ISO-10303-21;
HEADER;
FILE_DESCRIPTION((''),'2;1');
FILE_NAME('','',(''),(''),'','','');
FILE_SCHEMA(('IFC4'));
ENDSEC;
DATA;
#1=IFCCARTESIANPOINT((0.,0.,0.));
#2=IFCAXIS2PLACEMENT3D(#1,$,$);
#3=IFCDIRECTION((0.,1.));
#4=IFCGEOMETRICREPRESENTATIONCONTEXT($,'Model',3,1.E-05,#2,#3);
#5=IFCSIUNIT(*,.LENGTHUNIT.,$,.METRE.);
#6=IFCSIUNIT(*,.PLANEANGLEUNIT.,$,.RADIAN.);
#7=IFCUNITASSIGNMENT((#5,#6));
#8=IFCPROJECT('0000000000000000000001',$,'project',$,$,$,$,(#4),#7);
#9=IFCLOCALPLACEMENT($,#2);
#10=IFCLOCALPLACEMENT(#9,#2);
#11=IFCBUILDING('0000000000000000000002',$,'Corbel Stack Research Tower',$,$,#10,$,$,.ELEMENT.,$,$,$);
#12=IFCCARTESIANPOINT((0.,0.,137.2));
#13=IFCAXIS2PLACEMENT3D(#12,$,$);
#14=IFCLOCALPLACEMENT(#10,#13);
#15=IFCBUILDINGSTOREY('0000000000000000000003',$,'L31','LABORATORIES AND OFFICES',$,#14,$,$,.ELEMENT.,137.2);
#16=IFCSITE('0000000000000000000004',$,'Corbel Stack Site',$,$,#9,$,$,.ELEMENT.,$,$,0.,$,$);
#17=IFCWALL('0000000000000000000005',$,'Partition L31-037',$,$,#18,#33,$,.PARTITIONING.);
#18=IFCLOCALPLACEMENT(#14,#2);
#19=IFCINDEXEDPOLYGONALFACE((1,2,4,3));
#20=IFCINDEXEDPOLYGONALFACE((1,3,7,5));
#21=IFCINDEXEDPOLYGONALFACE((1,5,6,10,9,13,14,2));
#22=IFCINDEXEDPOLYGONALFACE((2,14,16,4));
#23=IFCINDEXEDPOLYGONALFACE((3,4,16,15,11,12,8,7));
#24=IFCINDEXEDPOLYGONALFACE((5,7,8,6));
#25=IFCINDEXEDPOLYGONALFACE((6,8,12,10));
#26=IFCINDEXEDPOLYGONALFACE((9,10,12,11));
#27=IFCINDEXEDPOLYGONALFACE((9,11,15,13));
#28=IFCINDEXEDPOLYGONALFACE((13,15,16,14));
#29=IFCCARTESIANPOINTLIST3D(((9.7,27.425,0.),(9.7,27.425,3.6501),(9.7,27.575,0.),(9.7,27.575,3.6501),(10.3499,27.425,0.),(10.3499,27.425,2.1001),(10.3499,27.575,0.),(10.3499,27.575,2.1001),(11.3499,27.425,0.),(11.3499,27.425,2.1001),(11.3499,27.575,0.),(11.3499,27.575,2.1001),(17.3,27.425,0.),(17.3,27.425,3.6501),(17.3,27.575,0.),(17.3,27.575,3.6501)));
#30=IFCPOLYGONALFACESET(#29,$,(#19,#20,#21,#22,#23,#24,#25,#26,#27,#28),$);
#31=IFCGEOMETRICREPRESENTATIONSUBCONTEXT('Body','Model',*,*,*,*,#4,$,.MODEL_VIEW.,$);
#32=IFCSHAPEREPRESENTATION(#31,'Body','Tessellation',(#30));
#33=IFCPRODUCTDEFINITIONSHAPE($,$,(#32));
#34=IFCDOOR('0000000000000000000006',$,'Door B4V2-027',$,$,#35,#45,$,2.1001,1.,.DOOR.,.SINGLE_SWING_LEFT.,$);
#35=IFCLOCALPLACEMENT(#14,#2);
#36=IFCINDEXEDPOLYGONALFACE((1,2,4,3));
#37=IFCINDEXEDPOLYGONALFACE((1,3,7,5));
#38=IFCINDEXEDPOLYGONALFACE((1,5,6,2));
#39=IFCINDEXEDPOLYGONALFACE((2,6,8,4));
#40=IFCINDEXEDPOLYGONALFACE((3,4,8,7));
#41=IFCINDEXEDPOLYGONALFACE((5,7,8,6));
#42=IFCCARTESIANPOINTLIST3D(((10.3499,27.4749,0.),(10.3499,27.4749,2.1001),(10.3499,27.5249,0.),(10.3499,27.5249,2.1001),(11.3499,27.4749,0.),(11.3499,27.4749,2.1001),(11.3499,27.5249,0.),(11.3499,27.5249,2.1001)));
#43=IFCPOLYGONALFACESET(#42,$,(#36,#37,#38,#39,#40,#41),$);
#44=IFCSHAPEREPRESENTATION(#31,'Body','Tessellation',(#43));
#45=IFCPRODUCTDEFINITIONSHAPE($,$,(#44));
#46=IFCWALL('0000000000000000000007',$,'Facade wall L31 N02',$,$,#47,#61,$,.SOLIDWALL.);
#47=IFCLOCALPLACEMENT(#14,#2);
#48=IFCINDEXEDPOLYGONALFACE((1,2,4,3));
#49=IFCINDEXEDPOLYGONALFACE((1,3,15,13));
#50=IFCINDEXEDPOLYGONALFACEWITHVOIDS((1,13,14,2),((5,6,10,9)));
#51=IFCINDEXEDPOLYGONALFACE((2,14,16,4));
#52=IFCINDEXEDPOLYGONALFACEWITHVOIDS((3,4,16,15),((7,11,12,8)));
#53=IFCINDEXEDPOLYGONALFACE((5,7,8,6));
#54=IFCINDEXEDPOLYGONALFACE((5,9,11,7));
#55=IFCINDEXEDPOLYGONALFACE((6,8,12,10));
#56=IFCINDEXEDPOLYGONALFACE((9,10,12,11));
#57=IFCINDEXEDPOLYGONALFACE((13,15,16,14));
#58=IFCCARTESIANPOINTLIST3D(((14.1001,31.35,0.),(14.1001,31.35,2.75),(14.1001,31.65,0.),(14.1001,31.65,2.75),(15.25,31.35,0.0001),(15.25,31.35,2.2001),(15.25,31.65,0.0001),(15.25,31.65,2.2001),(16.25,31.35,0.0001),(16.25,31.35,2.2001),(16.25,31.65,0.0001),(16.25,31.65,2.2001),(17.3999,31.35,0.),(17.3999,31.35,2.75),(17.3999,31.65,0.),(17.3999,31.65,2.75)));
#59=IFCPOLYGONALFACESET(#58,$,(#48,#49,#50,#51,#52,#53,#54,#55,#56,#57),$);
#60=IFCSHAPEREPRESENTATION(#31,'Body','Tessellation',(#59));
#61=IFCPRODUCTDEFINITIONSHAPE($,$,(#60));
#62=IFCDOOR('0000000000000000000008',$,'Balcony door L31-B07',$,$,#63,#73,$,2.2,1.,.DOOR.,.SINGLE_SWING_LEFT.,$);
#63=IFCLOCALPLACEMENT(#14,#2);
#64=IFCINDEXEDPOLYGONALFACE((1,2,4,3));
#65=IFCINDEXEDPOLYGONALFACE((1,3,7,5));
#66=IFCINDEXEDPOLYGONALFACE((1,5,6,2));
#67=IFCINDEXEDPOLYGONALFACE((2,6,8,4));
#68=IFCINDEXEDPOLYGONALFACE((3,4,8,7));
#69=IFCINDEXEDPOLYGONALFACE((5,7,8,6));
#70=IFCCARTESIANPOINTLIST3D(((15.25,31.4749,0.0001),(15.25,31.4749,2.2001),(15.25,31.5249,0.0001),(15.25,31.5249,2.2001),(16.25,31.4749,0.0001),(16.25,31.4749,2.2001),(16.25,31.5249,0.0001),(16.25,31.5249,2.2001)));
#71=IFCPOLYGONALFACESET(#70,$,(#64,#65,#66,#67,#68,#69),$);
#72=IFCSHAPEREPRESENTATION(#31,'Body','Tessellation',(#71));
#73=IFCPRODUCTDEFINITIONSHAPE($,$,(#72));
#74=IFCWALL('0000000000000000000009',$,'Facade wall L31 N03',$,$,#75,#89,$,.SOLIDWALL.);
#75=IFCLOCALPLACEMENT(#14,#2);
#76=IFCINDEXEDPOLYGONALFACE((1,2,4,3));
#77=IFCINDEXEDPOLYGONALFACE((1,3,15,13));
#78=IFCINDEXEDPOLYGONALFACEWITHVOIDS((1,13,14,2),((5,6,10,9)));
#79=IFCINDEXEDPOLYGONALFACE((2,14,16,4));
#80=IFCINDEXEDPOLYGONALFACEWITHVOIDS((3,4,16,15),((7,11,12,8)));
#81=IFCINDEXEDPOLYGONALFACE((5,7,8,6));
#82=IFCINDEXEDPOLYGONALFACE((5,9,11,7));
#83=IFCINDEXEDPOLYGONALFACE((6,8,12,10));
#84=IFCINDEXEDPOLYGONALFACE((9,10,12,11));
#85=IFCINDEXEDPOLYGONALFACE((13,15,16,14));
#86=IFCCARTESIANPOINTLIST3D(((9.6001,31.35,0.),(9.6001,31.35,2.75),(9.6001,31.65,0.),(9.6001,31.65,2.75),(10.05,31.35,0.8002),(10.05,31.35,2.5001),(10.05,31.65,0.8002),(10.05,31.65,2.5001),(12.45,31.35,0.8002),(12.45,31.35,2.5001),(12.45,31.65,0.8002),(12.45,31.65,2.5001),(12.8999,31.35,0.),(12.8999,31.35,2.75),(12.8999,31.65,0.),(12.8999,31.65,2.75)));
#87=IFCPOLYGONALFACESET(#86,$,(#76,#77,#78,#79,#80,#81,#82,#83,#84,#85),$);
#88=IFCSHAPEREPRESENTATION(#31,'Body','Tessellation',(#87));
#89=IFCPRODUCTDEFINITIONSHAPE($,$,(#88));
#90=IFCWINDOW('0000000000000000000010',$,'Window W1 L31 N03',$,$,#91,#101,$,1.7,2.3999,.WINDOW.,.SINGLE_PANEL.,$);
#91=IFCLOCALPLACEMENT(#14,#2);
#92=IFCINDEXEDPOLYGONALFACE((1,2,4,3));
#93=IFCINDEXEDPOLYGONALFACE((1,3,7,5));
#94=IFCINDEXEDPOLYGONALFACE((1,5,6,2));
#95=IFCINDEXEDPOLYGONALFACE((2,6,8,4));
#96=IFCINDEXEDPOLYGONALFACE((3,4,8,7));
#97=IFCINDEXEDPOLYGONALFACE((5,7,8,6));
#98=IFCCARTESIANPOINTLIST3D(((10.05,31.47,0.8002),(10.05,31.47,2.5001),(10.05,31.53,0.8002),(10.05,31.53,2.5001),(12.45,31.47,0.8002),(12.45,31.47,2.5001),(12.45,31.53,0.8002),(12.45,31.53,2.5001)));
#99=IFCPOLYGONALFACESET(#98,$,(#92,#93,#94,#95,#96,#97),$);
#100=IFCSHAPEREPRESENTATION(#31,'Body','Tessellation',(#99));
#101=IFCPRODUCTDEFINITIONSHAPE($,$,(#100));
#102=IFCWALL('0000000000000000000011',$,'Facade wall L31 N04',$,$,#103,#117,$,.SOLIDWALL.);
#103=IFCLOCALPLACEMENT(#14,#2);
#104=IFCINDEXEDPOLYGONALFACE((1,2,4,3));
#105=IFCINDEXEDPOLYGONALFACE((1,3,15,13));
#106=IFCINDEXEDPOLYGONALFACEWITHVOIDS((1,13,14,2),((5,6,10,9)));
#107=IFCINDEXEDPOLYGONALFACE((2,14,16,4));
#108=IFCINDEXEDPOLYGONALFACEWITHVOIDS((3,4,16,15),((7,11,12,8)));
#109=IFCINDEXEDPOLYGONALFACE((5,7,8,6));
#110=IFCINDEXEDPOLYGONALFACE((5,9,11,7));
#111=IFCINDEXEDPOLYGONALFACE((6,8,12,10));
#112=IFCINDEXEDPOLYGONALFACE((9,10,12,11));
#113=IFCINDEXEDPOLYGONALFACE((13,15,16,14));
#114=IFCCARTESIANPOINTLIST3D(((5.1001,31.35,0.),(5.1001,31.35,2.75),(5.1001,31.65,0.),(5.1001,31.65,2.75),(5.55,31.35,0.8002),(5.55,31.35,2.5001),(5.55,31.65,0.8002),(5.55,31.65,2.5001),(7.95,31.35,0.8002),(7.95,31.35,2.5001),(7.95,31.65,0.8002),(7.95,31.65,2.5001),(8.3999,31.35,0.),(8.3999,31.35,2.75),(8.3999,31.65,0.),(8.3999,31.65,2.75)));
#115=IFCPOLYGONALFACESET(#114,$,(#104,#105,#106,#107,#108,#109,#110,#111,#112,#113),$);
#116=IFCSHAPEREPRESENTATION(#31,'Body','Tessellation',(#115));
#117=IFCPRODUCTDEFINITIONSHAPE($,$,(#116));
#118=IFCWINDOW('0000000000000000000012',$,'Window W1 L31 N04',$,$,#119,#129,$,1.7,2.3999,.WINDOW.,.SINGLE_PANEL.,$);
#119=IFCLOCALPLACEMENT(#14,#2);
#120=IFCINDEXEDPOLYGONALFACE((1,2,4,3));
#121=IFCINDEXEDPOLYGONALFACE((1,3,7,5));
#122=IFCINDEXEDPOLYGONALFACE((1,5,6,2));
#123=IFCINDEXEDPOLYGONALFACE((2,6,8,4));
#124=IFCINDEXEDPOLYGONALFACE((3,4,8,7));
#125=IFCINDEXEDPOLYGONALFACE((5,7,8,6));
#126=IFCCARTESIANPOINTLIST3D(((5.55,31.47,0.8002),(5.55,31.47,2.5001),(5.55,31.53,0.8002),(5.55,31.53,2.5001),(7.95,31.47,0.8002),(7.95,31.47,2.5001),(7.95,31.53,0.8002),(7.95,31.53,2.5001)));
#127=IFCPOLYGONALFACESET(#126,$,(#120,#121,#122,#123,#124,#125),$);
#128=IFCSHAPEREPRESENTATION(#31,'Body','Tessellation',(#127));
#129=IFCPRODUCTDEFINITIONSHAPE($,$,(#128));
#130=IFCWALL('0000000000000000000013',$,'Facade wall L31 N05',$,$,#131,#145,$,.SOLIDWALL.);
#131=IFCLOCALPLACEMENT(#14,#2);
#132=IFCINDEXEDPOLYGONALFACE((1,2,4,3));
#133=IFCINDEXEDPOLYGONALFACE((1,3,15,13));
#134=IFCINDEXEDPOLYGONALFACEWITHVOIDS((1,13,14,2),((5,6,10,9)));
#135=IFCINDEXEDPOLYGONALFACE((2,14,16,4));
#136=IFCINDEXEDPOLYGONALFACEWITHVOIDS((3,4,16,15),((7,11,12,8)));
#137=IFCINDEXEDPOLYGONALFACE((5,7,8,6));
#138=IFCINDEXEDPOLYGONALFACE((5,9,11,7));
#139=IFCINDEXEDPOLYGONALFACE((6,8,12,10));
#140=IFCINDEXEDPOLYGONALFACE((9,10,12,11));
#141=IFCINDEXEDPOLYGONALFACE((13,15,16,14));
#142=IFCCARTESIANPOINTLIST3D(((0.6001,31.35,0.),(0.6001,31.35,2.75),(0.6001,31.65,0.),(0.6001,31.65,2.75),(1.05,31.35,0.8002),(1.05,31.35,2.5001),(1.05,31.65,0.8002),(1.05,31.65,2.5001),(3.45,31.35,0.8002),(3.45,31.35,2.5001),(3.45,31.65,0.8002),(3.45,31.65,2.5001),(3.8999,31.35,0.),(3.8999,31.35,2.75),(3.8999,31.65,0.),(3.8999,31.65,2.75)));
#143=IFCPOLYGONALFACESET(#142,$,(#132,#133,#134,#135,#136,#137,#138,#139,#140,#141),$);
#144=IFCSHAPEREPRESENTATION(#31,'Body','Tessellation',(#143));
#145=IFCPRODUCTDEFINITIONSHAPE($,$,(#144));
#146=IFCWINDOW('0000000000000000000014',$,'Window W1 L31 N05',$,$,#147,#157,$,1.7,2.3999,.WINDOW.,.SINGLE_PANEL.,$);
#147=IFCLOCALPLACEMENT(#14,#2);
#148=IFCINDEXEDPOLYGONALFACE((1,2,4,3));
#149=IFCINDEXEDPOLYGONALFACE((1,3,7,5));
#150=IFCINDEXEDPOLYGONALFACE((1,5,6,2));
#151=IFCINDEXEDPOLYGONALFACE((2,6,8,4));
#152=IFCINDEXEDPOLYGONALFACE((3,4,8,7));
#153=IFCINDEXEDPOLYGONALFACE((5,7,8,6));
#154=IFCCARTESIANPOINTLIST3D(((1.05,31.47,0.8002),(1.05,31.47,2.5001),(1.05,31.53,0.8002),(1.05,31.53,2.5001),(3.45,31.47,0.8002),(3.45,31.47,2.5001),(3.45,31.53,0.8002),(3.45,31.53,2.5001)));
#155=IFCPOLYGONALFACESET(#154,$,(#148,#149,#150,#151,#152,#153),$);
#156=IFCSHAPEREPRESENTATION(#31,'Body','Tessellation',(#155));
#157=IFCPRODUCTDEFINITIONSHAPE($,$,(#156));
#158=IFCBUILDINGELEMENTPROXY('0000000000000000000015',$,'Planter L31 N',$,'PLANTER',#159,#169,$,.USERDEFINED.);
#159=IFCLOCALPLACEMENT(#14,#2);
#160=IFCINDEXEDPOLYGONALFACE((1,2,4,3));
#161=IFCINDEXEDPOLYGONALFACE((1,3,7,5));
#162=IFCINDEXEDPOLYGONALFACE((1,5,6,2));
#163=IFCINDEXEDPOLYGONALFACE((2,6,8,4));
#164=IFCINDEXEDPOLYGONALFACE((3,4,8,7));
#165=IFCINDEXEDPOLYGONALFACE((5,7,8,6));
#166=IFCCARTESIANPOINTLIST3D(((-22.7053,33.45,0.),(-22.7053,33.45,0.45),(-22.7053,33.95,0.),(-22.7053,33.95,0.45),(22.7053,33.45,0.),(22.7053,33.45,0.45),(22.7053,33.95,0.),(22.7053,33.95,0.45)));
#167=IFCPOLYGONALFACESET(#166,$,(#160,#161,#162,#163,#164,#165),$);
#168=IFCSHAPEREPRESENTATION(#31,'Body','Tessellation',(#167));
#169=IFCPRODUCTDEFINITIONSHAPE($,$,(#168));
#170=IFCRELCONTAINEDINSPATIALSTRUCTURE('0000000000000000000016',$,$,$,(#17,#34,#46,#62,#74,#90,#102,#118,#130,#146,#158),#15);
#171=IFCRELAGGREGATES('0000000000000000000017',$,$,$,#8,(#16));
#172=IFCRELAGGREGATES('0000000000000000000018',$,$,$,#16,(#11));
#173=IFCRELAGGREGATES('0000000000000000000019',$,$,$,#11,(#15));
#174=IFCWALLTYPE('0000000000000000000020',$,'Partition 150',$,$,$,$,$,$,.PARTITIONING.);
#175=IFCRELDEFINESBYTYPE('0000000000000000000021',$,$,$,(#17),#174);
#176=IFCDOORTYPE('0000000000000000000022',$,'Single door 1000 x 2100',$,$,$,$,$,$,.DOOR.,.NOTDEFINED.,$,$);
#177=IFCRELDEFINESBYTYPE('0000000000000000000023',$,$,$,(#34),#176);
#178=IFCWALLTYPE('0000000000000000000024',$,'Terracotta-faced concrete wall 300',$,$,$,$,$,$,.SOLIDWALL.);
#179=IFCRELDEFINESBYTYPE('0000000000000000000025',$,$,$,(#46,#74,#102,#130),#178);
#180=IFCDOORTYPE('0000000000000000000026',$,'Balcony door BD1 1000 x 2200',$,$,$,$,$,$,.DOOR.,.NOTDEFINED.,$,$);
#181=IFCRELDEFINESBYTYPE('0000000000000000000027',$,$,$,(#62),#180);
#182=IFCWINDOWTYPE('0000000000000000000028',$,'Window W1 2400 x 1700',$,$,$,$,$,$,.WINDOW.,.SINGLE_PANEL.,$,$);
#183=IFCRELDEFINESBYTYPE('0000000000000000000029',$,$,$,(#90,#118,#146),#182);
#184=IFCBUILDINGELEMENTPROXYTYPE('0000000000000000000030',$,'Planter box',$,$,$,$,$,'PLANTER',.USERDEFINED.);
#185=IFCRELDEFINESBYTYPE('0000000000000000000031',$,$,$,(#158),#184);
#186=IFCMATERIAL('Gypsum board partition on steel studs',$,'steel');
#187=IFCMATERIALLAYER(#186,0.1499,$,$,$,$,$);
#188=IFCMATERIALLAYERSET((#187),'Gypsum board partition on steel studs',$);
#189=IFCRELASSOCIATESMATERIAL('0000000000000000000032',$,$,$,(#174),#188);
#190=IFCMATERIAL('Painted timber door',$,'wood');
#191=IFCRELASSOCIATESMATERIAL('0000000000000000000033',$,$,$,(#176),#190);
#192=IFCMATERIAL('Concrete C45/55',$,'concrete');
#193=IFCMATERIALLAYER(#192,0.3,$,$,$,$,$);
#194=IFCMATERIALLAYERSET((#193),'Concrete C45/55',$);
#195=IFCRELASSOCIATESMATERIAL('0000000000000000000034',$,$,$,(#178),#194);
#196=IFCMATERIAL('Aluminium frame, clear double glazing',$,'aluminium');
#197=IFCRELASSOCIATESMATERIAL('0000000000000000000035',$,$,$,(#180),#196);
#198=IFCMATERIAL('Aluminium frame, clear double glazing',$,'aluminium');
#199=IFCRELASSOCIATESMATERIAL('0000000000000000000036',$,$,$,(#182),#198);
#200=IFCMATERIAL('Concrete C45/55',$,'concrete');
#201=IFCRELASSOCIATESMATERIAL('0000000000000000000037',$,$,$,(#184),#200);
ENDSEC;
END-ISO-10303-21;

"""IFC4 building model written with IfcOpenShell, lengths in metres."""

from ifc_helpers import new_model, si_unit, direction, frame, frame_2d, origin, origin_2d, place, context, subcontext, project, spatial, rectangle, extrude, material, layer, layer_set, type_object, element, fill, save


model = new_model("IFC4")

# Units and contexts
model_context = context("Model", 3, precision=1e-05, world=origin(), true_north=direction((0.0, 1.0)))
body_context = subcontext(model_context, "Body", "Model", "MODEL_VIEW")
ifc_project = project(units=[si_unit("LENGTHUNIT", "METRE"), si_unit("PLANEANGLEUNIT", "RADIAN")], contexts=[model_context])

# Site, building, storey
site_placement = place(None, origin())
site = spatial("IfcSite", under=ifc_project, at=site_placement, Name="Corbel Stack Site", CompositionType="ELEMENT", RefElevation=0.0)
building_placement = place(site_placement, origin())
building = spatial("IfcBuilding", under=site, at=building_placement, Name="Corbel Stack Research Tower", CompositionType="ELEMENT")
storey_placement = place(building_placement, frame((0.0, 0.0, 137.2)))
storey = spatial("IfcBuildingStorey", under=building, at=storey_placement, Name="L31", Description="LABORATORIES AND OFFICES", CompositionType="ELEMENT", Elevation=137.2)

# Shared definitions
ifc_material_1 = material(Name="Gypsum board partition on steel studs", Category="steel")
ifc_layer_1 = layer(ifc_material_1, 0.1499)
ifc_layer_set_1 = layer_set([ifc_layer_1], Name="Gypsum board partition on steel studs")
wall_type_1 = type_object("IfcWallType", Name="Partition 150", PredefinedType="PARTITIONING", material=ifc_layer_set_1)

# Walls, openings, doors
wall_1_placement = place(storey_placement, frame((9.7, 27.5, 0.0), z_axis=(0.0, 0.0, 1.0), x_axis=(1.0, 0.0, 0.0)))
wall_1 = element("IfcWall", 1, at=wall_1_placement, inside=storey, type_object=wall_type_1, Name="Partition L31-037", PredefinedType="PARTITIONING", context=body_context, shape_type="SweptSolid", body=[
    extrude(rectangle(XDim=7.6001, YDim=0.1499, at=frame_2d((3.8, 0.0))), origin(), (0.0, 0.0, 1.0), 3.6501),
])
opening_1_placement = place(wall_1_placement, frame((0.6499, 0.0, 0.0)))
opening_1 = element("IfcOpeningElement", 2, at=opening_1_placement, cuts=wall_1, PredefinedType="OPENING", context=body_context, shape_type="SweptSolid", body=[
    extrude(rectangle(XDim=1.0, YDim=2.1001, at=frame_2d((0.5, 1.05))), frame((0.0, 0.085, 0.0), z_axis=(0.0, -1.0, 0.0), x_axis=(1.0, 0.0, 0.0)), (0.0, 0.0, 1.0), 0.1699),
])
ifc_material_2 = material(Name="Painted timber door", Category="wood")
door_type_1 = type_object("IfcDoorType", Name="Single door 1000 x 2100", OperationType="NOTDEFINED", PredefinedType="DOOR", material=ifc_material_2)
door_1_placement = place(opening_1_placement, origin())
door_1 = element("IfcDoor", 3, at=door_1_placement, inside=storey, type_object=door_type_1, Name="Door B4V2-027", OperationType="SINGLE_SWING_LEFT", OverallHeight=2.1001, OverallWidth=1.0, PredefinedType="DOOR", context=body_context, shape_type="SweptSolid", body=[
    extrude(rectangle(XDim=1.0, YDim=2.1001, at=frame_2d((0.5, 1.05))), frame((0.0, 0.0249, 0.0), z_axis=(0.0, -1.0, 0.0), x_axis=(1.0, 0.0, 0.0)), (0.0, 0.0, 1.0), 0.05),
])
fill(opening_1, door_1)
ifc_material_3 = material(Name="Concrete C45/55", Category="concrete")
ifc_layer_2 = layer(ifc_material_3, 0.3)
ifc_layer_set_2 = layer_set([ifc_layer_2], Name="Concrete C45/55")
wall_type_2 = type_object("IfcWallType", Name="Terracotta-faced concrete wall 300", PredefinedType="SOLIDWALL", material=ifc_layer_set_2)
wall_2_placement = place(storey_placement, frame((14.1001, 31.5, 0.0), z_axis=(0.0, 0.0, 1.0), x_axis=(1.0, 0.0, 0.0)))
wall_2 = element("IfcWall", 4, at=wall_2_placement, inside=storey, type_object=wall_type_2, Name="Facade wall L31 N02", PredefinedType="SOLIDWALL", context=body_context, shape_type="SweptSolid", body=[
    extrude(rectangle(XDim=3.2998, YDim=0.3, at=frame_2d((1.6499, 0.0))), origin(), (0.0, 0.0, 1.0), 2.75),
])
opening_2_placement = place(wall_2_placement, frame((1.1499, 0.0, 0.0)))
opening_2 = element("IfcOpeningElement", 5, at=opening_2_placement, cuts=wall_2, PredefinedType="OPENING", context=body_context, shape_type="SweptSolid", body=[
    extrude(rectangle(XDim=1.0, YDim=2.2, at=frame_2d((0.5, 1.1001))), frame((0.0, 0.1599, 0.0), z_axis=(0.0, -1.0, 0.0), x_axis=(1.0, 0.0, 0.0)), (0.0, 0.0, 1.0), 0.3201),
])
ifc_material_4 = material(Name="Aluminium frame, clear double glazing", Category="aluminium")
door_type_2 = type_object("IfcDoorType", Name="Balcony door BD1 1000 x 2200", OperationType="NOTDEFINED", PredefinedType="DOOR", material=ifc_material_4)
door_2_placement = place(opening_2_placement, origin())
door_2 = element("IfcDoor", 6, at=door_2_placement, inside=storey, type_object=door_type_2, Name="Balcony door L31-B07", OperationType="SINGLE_SWING_LEFT", OverallHeight=2.2, OverallWidth=1.0, PredefinedType="DOOR", context=body_context, shape_type="SweptSolid", body=[
    extrude(rectangle(XDim=1.0, YDim=2.2, at=frame_2d((0.5, 1.1001))), frame((0.0, 0.0249, 0.0), z_axis=(0.0, -1.0, 0.0), x_axis=(1.0, 0.0, 0.0)), (0.0, 0.0, 1.0), 0.05),
])
fill(opening_2, door_2)

# Walls, openings, windows
wall_3_placement = place(storey_placement, frame((9.6001, 31.5, 0.0), z_axis=(0.0, 0.0, 1.0), x_axis=(1.0, 0.0, 0.0)))
wall_3 = element("IfcWall", 7, at=wall_3_placement, inside=storey, type_object=wall_type_2, Name="Facade wall L31 N03", PredefinedType="SOLIDWALL", context=body_context, shape_type="SweptSolid", body=[
    extrude(rectangle(XDim=3.2998, YDim=0.3, at=frame_2d((1.6499, 0.0))), origin(), (0.0, 0.0, 1.0), 2.75),
])
opening_3_placement = place(wall_3_placement, frame((0.45, 0.0, 0.8)))
opening_3 = element("IfcOpeningElement", 8, at=opening_3_placement, cuts=wall_3, PredefinedType="OPENING", context=body_context, shape_type="SweptSolid", body=[
    extrude(rectangle(XDim=2.3999, YDim=1.7, at=frame_2d((1.2, 0.8501))), frame((0.0, 0.1599, 0.0), z_axis=(0.0, -1.0, 0.0), x_axis=(1.0, 0.0, 0.0)), (0.0, 0.0, 1.0), 0.3201),
])
ifc_material_5 = material(Name="Aluminium frame, clear double glazing", Category="aluminium")
window_type = type_object("IfcWindowType", Name="Window W1 2400 x 1700", PartitioningType="SINGLE_PANEL", PredefinedType="WINDOW", material=ifc_material_5)
window_1_placement = place(opening_3_placement, origin())
window_1 = element("IfcWindow", 9, at=window_1_placement, inside=storey, type_object=window_type, Name="Window W1 L31 N03", OverallHeight=1.7, OverallWidth=2.3999, PartitioningType="SINGLE_PANEL", PredefinedType="WINDOW", context=body_context, shape_type="SweptSolid", body=[
    extrude(rectangle(XDim=2.3999, YDim=1.7, at=frame_2d((1.2, 0.8501))), frame((0.0, 0.03, 0.0), z_axis=(0.0, -1.0, 0.0), x_axis=(1.0, 0.0, 0.0)), (0.0, 0.0, 1.0), 0.0601),
])
fill(opening_3, window_1)
wall_4_placement = place(storey_placement, frame((5.1001, 31.5, 0.0), z_axis=(0.0, 0.0, 1.0), x_axis=(1.0, 0.0, 0.0)))
wall_4 = element("IfcWall", 10, at=wall_4_placement, inside=storey, type_object=wall_type_2, Name="Facade wall L31 N04", PredefinedType="SOLIDWALL", context=body_context, shape_type="SweptSolid", body=[
    extrude(rectangle(XDim=3.2998, YDim=0.3, at=frame_2d((1.6499, 0.0))), origin(), (0.0, 0.0, 1.0), 2.75),
])
opening_4_placement = place(wall_4_placement, frame((0.45, 0.0, 0.8)))
opening_4 = element("IfcOpeningElement", 11, at=opening_4_placement, cuts=wall_4, PredefinedType="OPENING", context=body_context, shape_type="SweptSolid", body=[
    extrude(rectangle(XDim=2.3999, YDim=1.7, at=frame_2d((1.2, 0.8501))), frame((0.0, 0.1599, 0.0), z_axis=(0.0, -1.0, 0.0), x_axis=(1.0, 0.0, 0.0)), (0.0, 0.0, 1.0), 0.3201),
])
window_2_placement = place(opening_4_placement, origin())
window_2 = element("IfcWindow", 12, at=window_2_placement, inside=storey, type_object=window_type, Name="Window W1 L31 N04", OverallHeight=1.7, OverallWidth=2.3999, PartitioningType="SINGLE_PANEL", PredefinedType="WINDOW", context=body_context, shape_type="SweptSolid", body=[
    extrude(rectangle(XDim=2.3999, YDim=1.7, at=frame_2d((1.2, 0.8501))), frame((0.0, 0.03, 0.0), z_axis=(0.0, -1.0, 0.0), x_axis=(1.0, 0.0, 0.0)), (0.0, 0.0, 1.0), 0.0601),
])
fill(opening_4, window_2)
wall_5_placement = place(storey_placement, frame((0.6001, 31.5, 0.0), z_axis=(0.0, 0.0, 1.0), x_axis=(1.0, 0.0, 0.0)))
wall_5 = element("IfcWall", 13, at=wall_5_placement, inside=storey, type_object=wall_type_2, Name="Facade wall L31 N05", PredefinedType="SOLIDWALL", context=body_context, shape_type="SweptSolid", body=[
    extrude(rectangle(XDim=3.2998, YDim=0.3, at=frame_2d((1.6499, 0.0))), origin(), (0.0, 0.0, 1.0), 2.75),
])
opening_5_placement = place(wall_5_placement, frame((0.45, 0.0, 0.8)))
opening_5 = element("IfcOpeningElement", 14, at=opening_5_placement, cuts=wall_5, PredefinedType="OPENING", context=body_context, shape_type="SweptSolid", body=[
    extrude(rectangle(XDim=2.3999, YDim=1.7, at=frame_2d((1.2, 0.8501))), frame((0.0, 0.1599, 0.0), z_axis=(0.0, -1.0, 0.0), x_axis=(1.0, 0.0, 0.0)), (0.0, 0.0, 1.0), 0.3201),
])
window_3_placement = place(opening_5_placement, origin())
window_3 = element("IfcWindow", 15, at=window_3_placement, inside=storey, type_object=window_type, Name="Window W1 L31 N05", OverallHeight=1.7, OverallWidth=2.3999, PartitioningType="SINGLE_PANEL", PredefinedType="WINDOW", context=body_context, shape_type="SweptSolid", body=[
    extrude(rectangle(XDim=2.3999, YDim=1.7, at=frame_2d((1.2, 0.8501))), frame((0.0, 0.03, 0.0), z_axis=(0.0, -1.0, 0.0), x_axis=(1.0, 0.0, 0.0)), (0.0, 0.0, 1.0), 0.0601),
])
fill(opening_5, window_3)

# Building element proxy
ifc_material_6 = material(Name="Concrete C45/55", Category="concrete")
building_element_proxy_type = type_object("IfcBuildingElementProxyType", Name="Planter box", ElementType="PLANTER", PredefinedType="USERDEFINED", material=ifc_material_6)
proxy_placement = place(storey_placement, frame((0.0, 33.7, 0.0), z_axis=(0.0, 0.0, 1.0), x_axis=(-1.0, 0.0, 0.0)))
element("IfcBuildingElementProxy", 16, at=proxy_placement, inside=storey, type_object=building_element_proxy_type, Name="Planter L31 N", ObjectType="PLANTER", PredefinedType="USERDEFINED", context=body_context, shape_type="SweptSolid", body=[
    extrude(rectangle(XDim=45.4106, YDim=0.5, at=origin_2d()), origin(), (0.0, 0.0, 1.0), 0.45),
])

save(model, "model.ifc")
